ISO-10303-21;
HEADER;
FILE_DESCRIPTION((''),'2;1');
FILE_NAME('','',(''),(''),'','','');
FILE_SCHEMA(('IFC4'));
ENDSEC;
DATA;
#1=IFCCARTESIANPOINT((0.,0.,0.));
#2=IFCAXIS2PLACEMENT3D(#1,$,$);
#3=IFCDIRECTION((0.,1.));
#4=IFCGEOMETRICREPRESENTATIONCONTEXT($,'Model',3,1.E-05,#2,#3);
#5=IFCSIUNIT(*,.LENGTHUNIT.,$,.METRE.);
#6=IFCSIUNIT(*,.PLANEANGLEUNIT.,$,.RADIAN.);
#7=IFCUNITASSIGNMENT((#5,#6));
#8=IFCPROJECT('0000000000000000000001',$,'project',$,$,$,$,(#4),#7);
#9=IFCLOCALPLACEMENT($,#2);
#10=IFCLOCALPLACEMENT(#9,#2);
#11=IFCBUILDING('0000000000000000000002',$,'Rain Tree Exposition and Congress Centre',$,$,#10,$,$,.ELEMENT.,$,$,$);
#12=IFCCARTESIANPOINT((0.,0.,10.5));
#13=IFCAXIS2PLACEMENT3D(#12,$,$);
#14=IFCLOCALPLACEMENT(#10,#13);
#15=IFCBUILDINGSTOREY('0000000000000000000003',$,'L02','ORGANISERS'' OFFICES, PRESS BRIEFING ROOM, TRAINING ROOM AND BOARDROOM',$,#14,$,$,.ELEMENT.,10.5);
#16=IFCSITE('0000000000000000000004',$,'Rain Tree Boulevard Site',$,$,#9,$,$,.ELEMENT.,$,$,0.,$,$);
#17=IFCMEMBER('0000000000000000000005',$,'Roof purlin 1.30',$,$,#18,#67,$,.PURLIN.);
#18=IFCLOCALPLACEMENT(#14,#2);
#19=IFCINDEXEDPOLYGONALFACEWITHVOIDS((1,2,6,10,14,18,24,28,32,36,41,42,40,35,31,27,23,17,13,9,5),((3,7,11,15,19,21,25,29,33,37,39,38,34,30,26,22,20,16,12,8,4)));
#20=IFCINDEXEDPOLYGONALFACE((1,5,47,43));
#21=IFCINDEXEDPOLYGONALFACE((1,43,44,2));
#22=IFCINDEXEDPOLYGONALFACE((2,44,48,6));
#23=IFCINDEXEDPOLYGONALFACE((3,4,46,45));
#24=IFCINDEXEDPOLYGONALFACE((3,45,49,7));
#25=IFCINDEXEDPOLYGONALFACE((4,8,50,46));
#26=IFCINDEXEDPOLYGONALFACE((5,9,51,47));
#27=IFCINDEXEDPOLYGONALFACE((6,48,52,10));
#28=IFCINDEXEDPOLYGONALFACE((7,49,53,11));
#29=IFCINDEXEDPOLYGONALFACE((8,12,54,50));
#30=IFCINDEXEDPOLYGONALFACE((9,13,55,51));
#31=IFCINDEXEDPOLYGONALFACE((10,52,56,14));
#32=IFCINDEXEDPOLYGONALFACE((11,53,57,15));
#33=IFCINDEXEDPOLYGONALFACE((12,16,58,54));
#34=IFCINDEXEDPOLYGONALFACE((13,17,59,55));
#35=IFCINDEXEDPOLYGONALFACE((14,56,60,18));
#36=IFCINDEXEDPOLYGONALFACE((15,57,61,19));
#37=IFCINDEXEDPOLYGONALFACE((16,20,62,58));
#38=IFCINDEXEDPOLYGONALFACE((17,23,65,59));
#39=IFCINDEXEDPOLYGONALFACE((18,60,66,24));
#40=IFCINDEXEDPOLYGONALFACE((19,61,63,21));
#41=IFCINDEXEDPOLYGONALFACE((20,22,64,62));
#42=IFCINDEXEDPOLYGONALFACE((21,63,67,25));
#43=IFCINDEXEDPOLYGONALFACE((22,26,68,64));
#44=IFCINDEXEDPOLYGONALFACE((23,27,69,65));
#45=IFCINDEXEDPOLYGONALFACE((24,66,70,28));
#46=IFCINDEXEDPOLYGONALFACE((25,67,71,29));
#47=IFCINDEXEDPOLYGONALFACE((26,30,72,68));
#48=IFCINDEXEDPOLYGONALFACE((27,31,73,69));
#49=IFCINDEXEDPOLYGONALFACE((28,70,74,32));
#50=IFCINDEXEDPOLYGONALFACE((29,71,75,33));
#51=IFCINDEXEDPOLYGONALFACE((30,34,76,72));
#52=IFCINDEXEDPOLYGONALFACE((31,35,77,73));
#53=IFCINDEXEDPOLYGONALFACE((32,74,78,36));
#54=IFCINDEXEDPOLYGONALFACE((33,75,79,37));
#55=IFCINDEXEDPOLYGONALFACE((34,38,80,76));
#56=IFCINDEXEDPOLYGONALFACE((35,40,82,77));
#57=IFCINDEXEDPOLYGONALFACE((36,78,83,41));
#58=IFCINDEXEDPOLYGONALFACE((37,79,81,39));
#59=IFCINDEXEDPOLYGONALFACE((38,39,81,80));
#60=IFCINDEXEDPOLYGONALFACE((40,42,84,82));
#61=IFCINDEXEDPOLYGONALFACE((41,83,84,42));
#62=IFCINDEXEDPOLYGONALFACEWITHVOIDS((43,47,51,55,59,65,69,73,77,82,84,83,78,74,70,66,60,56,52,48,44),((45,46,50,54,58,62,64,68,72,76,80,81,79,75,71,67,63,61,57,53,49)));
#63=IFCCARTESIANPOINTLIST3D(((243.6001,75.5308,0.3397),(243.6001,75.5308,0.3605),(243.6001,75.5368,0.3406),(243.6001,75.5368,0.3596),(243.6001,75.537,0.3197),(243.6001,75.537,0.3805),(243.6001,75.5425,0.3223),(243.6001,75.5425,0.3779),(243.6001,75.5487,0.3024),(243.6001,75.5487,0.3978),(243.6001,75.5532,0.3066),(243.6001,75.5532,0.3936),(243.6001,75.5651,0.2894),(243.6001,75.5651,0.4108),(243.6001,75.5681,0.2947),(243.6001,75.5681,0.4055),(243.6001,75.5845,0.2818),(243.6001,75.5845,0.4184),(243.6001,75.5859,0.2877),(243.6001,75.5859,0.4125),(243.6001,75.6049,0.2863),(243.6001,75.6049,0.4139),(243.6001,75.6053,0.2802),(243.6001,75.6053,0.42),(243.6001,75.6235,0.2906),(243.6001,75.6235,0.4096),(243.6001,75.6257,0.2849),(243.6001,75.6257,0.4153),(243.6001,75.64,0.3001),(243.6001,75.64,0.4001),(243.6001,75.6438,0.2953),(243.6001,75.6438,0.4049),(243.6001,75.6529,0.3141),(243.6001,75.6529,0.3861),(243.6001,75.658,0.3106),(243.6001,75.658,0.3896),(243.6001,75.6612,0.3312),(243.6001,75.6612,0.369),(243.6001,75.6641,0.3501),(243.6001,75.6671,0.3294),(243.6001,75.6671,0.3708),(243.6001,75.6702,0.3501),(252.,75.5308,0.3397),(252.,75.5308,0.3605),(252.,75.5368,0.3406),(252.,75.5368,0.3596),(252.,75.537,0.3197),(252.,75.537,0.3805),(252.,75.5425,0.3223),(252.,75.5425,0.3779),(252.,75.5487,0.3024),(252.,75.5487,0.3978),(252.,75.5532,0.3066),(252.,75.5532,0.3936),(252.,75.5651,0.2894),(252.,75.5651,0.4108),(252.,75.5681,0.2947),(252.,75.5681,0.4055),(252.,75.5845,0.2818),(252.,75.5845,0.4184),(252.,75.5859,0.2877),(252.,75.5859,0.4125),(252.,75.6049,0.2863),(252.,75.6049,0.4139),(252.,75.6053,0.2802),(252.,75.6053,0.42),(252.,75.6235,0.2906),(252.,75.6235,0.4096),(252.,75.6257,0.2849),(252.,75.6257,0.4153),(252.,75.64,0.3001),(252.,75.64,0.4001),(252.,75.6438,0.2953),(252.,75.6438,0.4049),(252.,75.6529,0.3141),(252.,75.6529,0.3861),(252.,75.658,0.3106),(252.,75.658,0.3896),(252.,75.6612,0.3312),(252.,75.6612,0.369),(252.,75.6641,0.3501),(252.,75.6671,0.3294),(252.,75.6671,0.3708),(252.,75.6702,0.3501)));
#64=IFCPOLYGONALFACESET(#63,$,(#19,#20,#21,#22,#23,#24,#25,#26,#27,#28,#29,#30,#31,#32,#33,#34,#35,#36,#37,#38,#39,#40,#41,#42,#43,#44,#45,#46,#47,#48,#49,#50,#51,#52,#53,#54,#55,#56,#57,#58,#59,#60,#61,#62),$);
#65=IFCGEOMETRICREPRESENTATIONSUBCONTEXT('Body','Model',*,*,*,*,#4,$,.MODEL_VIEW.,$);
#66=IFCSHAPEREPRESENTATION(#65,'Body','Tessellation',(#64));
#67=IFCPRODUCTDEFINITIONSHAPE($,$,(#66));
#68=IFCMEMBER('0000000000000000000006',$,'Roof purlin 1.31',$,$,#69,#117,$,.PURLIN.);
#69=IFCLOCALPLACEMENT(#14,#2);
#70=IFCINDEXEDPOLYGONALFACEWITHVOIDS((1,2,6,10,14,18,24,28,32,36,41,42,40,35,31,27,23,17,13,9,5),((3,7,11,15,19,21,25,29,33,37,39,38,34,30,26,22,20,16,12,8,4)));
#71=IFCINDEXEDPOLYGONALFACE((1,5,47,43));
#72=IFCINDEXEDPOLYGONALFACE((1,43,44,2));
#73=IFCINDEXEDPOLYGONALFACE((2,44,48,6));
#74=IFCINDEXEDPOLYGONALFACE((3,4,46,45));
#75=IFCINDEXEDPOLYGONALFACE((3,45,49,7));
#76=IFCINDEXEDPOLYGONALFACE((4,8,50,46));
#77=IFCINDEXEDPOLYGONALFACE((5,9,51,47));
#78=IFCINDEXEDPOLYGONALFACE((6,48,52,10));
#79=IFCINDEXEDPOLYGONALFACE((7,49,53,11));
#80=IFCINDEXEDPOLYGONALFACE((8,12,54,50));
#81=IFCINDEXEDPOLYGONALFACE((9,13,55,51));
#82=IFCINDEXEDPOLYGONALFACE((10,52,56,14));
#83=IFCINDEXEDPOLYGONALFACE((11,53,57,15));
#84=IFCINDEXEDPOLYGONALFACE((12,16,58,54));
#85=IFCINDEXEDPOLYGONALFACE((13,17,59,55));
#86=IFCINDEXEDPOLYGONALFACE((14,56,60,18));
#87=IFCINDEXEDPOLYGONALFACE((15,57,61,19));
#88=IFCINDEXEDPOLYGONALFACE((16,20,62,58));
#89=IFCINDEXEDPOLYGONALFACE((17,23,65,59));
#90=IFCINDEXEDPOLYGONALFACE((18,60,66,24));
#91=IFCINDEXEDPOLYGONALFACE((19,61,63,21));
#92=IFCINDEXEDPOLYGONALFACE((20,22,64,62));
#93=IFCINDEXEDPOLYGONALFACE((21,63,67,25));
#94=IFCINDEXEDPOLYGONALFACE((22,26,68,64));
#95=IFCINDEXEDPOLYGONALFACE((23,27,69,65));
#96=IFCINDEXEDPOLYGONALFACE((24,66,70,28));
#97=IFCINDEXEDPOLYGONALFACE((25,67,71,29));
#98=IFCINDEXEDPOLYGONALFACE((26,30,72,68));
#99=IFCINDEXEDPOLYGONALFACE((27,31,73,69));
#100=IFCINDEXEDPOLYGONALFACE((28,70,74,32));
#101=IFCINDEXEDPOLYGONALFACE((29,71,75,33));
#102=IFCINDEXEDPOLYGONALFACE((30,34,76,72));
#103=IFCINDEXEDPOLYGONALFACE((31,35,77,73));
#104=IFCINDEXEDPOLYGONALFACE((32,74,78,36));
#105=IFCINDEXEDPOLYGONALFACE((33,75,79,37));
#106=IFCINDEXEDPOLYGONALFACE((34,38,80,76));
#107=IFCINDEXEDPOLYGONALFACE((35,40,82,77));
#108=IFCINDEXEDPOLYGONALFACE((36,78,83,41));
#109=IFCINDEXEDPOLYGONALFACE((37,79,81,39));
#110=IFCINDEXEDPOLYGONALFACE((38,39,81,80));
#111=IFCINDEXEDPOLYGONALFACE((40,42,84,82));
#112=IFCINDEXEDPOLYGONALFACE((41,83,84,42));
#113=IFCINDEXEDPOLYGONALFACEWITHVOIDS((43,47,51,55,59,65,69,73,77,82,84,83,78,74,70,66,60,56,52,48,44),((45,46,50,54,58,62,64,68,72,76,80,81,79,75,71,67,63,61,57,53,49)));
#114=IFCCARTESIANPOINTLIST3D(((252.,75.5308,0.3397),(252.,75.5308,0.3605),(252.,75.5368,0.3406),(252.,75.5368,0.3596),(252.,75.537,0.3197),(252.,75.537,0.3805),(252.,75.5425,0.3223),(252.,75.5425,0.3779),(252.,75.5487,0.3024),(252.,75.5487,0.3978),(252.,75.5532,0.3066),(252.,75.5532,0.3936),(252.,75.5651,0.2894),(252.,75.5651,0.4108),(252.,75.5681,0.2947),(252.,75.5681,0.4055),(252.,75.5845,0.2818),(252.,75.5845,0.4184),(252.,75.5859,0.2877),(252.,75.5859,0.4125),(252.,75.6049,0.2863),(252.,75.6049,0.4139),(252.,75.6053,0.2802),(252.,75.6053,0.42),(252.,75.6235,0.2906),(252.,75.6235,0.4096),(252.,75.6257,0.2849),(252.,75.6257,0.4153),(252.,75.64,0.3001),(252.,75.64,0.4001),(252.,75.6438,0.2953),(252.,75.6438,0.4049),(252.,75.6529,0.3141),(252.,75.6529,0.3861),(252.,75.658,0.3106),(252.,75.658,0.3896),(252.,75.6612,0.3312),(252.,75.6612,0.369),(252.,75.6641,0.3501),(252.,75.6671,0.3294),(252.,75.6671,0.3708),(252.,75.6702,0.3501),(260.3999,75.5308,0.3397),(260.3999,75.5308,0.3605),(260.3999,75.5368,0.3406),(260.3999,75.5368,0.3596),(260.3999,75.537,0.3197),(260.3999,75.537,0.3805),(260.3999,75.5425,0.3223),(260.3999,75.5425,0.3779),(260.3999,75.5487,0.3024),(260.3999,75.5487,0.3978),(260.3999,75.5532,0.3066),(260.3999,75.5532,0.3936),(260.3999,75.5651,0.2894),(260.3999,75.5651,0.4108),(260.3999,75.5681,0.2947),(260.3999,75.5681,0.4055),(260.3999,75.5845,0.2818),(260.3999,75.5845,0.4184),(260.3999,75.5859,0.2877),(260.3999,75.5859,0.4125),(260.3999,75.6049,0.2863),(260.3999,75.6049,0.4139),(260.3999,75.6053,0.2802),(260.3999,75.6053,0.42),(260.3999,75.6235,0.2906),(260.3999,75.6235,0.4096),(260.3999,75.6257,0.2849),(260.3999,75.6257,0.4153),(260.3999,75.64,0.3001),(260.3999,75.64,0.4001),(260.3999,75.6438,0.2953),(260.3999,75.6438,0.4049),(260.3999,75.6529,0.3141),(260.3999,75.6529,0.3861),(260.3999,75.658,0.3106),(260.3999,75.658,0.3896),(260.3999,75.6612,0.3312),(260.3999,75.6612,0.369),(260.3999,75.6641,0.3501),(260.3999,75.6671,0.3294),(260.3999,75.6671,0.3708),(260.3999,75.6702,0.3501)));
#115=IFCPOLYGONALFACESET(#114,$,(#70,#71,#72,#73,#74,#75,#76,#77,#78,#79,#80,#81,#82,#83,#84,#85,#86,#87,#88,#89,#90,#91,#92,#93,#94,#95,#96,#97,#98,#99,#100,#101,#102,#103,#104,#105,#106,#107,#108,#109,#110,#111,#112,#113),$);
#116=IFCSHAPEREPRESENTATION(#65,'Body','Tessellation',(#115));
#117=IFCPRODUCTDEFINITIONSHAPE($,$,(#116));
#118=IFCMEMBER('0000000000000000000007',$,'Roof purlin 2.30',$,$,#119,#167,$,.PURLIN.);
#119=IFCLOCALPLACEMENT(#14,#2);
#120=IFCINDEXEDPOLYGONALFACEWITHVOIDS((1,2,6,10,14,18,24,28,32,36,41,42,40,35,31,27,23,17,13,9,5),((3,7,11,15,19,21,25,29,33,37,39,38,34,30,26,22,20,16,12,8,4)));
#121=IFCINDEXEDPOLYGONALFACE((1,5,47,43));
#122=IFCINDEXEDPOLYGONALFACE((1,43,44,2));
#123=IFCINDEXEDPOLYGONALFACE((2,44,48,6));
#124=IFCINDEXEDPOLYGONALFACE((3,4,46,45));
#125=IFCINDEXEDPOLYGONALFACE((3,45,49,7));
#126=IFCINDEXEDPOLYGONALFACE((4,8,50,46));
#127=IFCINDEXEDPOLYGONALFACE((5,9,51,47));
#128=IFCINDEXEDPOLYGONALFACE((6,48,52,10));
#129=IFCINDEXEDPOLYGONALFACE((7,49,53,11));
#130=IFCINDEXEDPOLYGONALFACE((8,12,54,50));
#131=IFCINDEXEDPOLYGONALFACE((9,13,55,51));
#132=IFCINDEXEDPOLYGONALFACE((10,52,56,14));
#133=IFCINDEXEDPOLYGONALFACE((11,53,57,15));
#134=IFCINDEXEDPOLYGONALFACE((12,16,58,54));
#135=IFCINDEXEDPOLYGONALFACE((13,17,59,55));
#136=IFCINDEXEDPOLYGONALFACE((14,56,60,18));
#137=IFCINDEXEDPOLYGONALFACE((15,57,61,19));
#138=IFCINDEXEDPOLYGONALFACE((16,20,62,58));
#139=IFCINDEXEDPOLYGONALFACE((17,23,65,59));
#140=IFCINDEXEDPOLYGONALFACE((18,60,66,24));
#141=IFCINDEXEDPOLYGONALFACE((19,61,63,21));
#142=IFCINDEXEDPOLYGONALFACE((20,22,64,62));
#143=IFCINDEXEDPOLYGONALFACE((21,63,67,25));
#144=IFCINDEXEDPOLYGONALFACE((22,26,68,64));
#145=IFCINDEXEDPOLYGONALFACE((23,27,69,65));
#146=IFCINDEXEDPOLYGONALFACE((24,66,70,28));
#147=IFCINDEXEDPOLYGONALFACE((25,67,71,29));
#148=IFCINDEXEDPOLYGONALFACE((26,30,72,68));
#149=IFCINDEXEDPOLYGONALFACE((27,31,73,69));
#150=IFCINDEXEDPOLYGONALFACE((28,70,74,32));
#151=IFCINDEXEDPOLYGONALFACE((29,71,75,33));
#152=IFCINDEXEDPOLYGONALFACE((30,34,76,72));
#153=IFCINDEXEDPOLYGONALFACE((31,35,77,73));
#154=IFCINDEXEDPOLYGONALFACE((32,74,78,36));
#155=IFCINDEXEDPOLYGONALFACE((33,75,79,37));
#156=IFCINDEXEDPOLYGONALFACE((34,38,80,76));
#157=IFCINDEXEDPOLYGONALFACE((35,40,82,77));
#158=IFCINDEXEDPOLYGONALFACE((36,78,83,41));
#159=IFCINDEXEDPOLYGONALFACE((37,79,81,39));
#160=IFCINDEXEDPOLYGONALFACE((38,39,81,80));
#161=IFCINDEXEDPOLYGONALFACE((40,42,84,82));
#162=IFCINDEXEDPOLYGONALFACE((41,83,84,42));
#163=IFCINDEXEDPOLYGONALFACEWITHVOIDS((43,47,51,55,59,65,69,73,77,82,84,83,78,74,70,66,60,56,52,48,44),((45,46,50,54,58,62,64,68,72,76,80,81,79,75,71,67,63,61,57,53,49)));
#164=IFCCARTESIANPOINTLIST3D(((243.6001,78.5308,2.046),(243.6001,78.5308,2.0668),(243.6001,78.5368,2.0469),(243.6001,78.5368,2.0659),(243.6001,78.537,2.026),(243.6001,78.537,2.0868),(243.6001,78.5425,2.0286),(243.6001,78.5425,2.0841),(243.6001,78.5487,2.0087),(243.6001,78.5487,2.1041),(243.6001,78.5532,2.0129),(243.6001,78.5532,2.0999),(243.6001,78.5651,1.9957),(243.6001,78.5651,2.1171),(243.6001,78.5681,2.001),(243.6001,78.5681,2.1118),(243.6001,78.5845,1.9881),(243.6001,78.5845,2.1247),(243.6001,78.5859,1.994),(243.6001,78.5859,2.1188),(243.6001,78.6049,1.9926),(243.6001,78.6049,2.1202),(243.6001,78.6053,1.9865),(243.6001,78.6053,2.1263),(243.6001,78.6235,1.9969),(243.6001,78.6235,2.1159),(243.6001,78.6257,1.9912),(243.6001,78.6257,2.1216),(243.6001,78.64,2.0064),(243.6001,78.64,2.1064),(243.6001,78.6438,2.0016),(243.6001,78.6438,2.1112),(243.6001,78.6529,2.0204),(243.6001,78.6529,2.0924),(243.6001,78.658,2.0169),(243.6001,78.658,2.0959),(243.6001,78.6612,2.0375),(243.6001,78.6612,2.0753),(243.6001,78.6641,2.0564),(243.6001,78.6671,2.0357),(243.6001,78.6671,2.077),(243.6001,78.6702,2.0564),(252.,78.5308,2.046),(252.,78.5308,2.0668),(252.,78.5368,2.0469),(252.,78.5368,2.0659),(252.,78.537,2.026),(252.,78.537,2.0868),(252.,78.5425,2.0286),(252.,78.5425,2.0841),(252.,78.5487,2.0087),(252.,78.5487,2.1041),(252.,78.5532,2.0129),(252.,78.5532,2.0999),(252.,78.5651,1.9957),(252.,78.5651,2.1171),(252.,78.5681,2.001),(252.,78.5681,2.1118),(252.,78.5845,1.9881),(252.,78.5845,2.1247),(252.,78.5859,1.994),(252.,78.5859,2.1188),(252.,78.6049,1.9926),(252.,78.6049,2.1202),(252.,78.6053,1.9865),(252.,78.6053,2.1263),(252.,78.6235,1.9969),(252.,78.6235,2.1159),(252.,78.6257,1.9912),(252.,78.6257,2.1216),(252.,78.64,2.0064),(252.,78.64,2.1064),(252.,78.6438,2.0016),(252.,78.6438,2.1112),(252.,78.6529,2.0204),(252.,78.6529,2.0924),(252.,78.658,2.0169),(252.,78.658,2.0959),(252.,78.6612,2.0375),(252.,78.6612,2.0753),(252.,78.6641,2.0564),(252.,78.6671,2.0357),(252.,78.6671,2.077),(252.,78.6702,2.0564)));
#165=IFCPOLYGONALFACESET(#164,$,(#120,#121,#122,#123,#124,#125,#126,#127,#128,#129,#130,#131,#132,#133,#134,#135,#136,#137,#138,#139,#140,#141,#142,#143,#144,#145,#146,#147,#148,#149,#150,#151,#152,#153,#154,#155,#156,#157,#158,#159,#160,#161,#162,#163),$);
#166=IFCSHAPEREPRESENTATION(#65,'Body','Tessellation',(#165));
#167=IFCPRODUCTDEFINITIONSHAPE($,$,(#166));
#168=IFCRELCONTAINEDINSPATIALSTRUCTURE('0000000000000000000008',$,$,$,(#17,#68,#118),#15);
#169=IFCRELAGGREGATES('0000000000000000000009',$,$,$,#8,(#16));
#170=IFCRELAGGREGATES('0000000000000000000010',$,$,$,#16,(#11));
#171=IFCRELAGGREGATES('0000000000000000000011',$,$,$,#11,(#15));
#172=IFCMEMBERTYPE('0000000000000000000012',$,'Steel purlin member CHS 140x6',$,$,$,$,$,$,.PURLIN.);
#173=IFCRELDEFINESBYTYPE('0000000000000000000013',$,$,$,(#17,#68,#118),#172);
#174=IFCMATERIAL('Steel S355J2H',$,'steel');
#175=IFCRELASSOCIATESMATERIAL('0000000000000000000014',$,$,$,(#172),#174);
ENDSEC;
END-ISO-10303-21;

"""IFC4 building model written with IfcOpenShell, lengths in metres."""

from ifc_helpers import new_model, si_unit, direction, frame, origin, origin_2d, place, context, subcontext, project, spatial, hollow_circle, extrude, material, material_profile, profile_set, type_object, element, save


model = new_model("IFC4")

# Units and contexts
model_context = context("Model", 3, precision=1e-05, world=origin(), true_north=direction((0.0, 1.0)))
body_context = subcontext(model_context, "Body", "Model", "MODEL_VIEW")
ifc_project = project(units=[si_unit("LENGTHUNIT", "METRE"), si_unit("PLANEANGLEUNIT", "RADIAN")], contexts=[model_context])

# Site, building, storey
site_placement = place(None, origin())
site = spatial("IfcSite", under=ifc_project, at=site_placement, Name="Rain Tree Boulevard Site", CompositionType="ELEMENT", RefElevation=0.0)
building_placement = place(site_placement, origin())
building = spatial("IfcBuilding", under=site, at=building_placement, Name="Rain Tree Exposition and Congress Centre", CompositionType="ELEMENT")
storey_placement = place(building_placement, frame((0.0, 0.0, 10.5)))
storey = spatial("IfcBuildingStorey", under=building, at=storey_placement, Name="L02", Description="ORGANISERS' OFFICES, PRESS BRIEFING ROOM, TRAINING ROOM AND BOARDROOM", CompositionType="ELEMENT", Elevation=10.5)

# Members
ifc_material_1 = material(Name="Steel S355J2H", Category="steel")
ifc_material_profile_1 = material_profile(ifc_material_1, hollow_circle(Radius=0.0701, WallThickness=0.0061, at=origin_2d()), Name="CHS 140x6")
ifc_profile_set_1 = profile_set([ifc_material_profile_1], Name="Steel S355J2H")
member_type_1 = type_object("IfcMemberType", Name="Steel purlin member CHS 140x6", PredefinedType="PURLIN", material=ifc_profile_set_1)
for number, where, z_axis, x_axis, name in (
    (1, (243.6001, 75.6001, 0.3501), (1.0, 0.0, 0.0), (0.0, 1.0, 0.0), "Roof purlin 1.30"),
    (2, (252.0, 75.6001, 0.3501), (1.0, 0.0, 0.0), (0.0, 1.0, 0.0), "Roof purlin 1.31"),
    (3, (243.6001, 78.6001, 2.0564), (1.0, 0.0, 0.0), (0.0, 1.0, 0.0), "Roof purlin 2.30"),
):
    element("IfcMember", number, at=place(storey_placement, frame(where, z_axis=z_axis, x_axis=x_axis)), inside=storey, type_object=member_type_1, Name=name, PredefinedType="PURLIN", context=body_context, shape_type="SweptSolid", body=[
        extrude(hollow_circle(Radius=0.0701, WallThickness=0.0061, at=origin_2d()), origin(), (0.0, 0.0, 1.0), 8.3999),
    ])

save(model, "model.ifc")
